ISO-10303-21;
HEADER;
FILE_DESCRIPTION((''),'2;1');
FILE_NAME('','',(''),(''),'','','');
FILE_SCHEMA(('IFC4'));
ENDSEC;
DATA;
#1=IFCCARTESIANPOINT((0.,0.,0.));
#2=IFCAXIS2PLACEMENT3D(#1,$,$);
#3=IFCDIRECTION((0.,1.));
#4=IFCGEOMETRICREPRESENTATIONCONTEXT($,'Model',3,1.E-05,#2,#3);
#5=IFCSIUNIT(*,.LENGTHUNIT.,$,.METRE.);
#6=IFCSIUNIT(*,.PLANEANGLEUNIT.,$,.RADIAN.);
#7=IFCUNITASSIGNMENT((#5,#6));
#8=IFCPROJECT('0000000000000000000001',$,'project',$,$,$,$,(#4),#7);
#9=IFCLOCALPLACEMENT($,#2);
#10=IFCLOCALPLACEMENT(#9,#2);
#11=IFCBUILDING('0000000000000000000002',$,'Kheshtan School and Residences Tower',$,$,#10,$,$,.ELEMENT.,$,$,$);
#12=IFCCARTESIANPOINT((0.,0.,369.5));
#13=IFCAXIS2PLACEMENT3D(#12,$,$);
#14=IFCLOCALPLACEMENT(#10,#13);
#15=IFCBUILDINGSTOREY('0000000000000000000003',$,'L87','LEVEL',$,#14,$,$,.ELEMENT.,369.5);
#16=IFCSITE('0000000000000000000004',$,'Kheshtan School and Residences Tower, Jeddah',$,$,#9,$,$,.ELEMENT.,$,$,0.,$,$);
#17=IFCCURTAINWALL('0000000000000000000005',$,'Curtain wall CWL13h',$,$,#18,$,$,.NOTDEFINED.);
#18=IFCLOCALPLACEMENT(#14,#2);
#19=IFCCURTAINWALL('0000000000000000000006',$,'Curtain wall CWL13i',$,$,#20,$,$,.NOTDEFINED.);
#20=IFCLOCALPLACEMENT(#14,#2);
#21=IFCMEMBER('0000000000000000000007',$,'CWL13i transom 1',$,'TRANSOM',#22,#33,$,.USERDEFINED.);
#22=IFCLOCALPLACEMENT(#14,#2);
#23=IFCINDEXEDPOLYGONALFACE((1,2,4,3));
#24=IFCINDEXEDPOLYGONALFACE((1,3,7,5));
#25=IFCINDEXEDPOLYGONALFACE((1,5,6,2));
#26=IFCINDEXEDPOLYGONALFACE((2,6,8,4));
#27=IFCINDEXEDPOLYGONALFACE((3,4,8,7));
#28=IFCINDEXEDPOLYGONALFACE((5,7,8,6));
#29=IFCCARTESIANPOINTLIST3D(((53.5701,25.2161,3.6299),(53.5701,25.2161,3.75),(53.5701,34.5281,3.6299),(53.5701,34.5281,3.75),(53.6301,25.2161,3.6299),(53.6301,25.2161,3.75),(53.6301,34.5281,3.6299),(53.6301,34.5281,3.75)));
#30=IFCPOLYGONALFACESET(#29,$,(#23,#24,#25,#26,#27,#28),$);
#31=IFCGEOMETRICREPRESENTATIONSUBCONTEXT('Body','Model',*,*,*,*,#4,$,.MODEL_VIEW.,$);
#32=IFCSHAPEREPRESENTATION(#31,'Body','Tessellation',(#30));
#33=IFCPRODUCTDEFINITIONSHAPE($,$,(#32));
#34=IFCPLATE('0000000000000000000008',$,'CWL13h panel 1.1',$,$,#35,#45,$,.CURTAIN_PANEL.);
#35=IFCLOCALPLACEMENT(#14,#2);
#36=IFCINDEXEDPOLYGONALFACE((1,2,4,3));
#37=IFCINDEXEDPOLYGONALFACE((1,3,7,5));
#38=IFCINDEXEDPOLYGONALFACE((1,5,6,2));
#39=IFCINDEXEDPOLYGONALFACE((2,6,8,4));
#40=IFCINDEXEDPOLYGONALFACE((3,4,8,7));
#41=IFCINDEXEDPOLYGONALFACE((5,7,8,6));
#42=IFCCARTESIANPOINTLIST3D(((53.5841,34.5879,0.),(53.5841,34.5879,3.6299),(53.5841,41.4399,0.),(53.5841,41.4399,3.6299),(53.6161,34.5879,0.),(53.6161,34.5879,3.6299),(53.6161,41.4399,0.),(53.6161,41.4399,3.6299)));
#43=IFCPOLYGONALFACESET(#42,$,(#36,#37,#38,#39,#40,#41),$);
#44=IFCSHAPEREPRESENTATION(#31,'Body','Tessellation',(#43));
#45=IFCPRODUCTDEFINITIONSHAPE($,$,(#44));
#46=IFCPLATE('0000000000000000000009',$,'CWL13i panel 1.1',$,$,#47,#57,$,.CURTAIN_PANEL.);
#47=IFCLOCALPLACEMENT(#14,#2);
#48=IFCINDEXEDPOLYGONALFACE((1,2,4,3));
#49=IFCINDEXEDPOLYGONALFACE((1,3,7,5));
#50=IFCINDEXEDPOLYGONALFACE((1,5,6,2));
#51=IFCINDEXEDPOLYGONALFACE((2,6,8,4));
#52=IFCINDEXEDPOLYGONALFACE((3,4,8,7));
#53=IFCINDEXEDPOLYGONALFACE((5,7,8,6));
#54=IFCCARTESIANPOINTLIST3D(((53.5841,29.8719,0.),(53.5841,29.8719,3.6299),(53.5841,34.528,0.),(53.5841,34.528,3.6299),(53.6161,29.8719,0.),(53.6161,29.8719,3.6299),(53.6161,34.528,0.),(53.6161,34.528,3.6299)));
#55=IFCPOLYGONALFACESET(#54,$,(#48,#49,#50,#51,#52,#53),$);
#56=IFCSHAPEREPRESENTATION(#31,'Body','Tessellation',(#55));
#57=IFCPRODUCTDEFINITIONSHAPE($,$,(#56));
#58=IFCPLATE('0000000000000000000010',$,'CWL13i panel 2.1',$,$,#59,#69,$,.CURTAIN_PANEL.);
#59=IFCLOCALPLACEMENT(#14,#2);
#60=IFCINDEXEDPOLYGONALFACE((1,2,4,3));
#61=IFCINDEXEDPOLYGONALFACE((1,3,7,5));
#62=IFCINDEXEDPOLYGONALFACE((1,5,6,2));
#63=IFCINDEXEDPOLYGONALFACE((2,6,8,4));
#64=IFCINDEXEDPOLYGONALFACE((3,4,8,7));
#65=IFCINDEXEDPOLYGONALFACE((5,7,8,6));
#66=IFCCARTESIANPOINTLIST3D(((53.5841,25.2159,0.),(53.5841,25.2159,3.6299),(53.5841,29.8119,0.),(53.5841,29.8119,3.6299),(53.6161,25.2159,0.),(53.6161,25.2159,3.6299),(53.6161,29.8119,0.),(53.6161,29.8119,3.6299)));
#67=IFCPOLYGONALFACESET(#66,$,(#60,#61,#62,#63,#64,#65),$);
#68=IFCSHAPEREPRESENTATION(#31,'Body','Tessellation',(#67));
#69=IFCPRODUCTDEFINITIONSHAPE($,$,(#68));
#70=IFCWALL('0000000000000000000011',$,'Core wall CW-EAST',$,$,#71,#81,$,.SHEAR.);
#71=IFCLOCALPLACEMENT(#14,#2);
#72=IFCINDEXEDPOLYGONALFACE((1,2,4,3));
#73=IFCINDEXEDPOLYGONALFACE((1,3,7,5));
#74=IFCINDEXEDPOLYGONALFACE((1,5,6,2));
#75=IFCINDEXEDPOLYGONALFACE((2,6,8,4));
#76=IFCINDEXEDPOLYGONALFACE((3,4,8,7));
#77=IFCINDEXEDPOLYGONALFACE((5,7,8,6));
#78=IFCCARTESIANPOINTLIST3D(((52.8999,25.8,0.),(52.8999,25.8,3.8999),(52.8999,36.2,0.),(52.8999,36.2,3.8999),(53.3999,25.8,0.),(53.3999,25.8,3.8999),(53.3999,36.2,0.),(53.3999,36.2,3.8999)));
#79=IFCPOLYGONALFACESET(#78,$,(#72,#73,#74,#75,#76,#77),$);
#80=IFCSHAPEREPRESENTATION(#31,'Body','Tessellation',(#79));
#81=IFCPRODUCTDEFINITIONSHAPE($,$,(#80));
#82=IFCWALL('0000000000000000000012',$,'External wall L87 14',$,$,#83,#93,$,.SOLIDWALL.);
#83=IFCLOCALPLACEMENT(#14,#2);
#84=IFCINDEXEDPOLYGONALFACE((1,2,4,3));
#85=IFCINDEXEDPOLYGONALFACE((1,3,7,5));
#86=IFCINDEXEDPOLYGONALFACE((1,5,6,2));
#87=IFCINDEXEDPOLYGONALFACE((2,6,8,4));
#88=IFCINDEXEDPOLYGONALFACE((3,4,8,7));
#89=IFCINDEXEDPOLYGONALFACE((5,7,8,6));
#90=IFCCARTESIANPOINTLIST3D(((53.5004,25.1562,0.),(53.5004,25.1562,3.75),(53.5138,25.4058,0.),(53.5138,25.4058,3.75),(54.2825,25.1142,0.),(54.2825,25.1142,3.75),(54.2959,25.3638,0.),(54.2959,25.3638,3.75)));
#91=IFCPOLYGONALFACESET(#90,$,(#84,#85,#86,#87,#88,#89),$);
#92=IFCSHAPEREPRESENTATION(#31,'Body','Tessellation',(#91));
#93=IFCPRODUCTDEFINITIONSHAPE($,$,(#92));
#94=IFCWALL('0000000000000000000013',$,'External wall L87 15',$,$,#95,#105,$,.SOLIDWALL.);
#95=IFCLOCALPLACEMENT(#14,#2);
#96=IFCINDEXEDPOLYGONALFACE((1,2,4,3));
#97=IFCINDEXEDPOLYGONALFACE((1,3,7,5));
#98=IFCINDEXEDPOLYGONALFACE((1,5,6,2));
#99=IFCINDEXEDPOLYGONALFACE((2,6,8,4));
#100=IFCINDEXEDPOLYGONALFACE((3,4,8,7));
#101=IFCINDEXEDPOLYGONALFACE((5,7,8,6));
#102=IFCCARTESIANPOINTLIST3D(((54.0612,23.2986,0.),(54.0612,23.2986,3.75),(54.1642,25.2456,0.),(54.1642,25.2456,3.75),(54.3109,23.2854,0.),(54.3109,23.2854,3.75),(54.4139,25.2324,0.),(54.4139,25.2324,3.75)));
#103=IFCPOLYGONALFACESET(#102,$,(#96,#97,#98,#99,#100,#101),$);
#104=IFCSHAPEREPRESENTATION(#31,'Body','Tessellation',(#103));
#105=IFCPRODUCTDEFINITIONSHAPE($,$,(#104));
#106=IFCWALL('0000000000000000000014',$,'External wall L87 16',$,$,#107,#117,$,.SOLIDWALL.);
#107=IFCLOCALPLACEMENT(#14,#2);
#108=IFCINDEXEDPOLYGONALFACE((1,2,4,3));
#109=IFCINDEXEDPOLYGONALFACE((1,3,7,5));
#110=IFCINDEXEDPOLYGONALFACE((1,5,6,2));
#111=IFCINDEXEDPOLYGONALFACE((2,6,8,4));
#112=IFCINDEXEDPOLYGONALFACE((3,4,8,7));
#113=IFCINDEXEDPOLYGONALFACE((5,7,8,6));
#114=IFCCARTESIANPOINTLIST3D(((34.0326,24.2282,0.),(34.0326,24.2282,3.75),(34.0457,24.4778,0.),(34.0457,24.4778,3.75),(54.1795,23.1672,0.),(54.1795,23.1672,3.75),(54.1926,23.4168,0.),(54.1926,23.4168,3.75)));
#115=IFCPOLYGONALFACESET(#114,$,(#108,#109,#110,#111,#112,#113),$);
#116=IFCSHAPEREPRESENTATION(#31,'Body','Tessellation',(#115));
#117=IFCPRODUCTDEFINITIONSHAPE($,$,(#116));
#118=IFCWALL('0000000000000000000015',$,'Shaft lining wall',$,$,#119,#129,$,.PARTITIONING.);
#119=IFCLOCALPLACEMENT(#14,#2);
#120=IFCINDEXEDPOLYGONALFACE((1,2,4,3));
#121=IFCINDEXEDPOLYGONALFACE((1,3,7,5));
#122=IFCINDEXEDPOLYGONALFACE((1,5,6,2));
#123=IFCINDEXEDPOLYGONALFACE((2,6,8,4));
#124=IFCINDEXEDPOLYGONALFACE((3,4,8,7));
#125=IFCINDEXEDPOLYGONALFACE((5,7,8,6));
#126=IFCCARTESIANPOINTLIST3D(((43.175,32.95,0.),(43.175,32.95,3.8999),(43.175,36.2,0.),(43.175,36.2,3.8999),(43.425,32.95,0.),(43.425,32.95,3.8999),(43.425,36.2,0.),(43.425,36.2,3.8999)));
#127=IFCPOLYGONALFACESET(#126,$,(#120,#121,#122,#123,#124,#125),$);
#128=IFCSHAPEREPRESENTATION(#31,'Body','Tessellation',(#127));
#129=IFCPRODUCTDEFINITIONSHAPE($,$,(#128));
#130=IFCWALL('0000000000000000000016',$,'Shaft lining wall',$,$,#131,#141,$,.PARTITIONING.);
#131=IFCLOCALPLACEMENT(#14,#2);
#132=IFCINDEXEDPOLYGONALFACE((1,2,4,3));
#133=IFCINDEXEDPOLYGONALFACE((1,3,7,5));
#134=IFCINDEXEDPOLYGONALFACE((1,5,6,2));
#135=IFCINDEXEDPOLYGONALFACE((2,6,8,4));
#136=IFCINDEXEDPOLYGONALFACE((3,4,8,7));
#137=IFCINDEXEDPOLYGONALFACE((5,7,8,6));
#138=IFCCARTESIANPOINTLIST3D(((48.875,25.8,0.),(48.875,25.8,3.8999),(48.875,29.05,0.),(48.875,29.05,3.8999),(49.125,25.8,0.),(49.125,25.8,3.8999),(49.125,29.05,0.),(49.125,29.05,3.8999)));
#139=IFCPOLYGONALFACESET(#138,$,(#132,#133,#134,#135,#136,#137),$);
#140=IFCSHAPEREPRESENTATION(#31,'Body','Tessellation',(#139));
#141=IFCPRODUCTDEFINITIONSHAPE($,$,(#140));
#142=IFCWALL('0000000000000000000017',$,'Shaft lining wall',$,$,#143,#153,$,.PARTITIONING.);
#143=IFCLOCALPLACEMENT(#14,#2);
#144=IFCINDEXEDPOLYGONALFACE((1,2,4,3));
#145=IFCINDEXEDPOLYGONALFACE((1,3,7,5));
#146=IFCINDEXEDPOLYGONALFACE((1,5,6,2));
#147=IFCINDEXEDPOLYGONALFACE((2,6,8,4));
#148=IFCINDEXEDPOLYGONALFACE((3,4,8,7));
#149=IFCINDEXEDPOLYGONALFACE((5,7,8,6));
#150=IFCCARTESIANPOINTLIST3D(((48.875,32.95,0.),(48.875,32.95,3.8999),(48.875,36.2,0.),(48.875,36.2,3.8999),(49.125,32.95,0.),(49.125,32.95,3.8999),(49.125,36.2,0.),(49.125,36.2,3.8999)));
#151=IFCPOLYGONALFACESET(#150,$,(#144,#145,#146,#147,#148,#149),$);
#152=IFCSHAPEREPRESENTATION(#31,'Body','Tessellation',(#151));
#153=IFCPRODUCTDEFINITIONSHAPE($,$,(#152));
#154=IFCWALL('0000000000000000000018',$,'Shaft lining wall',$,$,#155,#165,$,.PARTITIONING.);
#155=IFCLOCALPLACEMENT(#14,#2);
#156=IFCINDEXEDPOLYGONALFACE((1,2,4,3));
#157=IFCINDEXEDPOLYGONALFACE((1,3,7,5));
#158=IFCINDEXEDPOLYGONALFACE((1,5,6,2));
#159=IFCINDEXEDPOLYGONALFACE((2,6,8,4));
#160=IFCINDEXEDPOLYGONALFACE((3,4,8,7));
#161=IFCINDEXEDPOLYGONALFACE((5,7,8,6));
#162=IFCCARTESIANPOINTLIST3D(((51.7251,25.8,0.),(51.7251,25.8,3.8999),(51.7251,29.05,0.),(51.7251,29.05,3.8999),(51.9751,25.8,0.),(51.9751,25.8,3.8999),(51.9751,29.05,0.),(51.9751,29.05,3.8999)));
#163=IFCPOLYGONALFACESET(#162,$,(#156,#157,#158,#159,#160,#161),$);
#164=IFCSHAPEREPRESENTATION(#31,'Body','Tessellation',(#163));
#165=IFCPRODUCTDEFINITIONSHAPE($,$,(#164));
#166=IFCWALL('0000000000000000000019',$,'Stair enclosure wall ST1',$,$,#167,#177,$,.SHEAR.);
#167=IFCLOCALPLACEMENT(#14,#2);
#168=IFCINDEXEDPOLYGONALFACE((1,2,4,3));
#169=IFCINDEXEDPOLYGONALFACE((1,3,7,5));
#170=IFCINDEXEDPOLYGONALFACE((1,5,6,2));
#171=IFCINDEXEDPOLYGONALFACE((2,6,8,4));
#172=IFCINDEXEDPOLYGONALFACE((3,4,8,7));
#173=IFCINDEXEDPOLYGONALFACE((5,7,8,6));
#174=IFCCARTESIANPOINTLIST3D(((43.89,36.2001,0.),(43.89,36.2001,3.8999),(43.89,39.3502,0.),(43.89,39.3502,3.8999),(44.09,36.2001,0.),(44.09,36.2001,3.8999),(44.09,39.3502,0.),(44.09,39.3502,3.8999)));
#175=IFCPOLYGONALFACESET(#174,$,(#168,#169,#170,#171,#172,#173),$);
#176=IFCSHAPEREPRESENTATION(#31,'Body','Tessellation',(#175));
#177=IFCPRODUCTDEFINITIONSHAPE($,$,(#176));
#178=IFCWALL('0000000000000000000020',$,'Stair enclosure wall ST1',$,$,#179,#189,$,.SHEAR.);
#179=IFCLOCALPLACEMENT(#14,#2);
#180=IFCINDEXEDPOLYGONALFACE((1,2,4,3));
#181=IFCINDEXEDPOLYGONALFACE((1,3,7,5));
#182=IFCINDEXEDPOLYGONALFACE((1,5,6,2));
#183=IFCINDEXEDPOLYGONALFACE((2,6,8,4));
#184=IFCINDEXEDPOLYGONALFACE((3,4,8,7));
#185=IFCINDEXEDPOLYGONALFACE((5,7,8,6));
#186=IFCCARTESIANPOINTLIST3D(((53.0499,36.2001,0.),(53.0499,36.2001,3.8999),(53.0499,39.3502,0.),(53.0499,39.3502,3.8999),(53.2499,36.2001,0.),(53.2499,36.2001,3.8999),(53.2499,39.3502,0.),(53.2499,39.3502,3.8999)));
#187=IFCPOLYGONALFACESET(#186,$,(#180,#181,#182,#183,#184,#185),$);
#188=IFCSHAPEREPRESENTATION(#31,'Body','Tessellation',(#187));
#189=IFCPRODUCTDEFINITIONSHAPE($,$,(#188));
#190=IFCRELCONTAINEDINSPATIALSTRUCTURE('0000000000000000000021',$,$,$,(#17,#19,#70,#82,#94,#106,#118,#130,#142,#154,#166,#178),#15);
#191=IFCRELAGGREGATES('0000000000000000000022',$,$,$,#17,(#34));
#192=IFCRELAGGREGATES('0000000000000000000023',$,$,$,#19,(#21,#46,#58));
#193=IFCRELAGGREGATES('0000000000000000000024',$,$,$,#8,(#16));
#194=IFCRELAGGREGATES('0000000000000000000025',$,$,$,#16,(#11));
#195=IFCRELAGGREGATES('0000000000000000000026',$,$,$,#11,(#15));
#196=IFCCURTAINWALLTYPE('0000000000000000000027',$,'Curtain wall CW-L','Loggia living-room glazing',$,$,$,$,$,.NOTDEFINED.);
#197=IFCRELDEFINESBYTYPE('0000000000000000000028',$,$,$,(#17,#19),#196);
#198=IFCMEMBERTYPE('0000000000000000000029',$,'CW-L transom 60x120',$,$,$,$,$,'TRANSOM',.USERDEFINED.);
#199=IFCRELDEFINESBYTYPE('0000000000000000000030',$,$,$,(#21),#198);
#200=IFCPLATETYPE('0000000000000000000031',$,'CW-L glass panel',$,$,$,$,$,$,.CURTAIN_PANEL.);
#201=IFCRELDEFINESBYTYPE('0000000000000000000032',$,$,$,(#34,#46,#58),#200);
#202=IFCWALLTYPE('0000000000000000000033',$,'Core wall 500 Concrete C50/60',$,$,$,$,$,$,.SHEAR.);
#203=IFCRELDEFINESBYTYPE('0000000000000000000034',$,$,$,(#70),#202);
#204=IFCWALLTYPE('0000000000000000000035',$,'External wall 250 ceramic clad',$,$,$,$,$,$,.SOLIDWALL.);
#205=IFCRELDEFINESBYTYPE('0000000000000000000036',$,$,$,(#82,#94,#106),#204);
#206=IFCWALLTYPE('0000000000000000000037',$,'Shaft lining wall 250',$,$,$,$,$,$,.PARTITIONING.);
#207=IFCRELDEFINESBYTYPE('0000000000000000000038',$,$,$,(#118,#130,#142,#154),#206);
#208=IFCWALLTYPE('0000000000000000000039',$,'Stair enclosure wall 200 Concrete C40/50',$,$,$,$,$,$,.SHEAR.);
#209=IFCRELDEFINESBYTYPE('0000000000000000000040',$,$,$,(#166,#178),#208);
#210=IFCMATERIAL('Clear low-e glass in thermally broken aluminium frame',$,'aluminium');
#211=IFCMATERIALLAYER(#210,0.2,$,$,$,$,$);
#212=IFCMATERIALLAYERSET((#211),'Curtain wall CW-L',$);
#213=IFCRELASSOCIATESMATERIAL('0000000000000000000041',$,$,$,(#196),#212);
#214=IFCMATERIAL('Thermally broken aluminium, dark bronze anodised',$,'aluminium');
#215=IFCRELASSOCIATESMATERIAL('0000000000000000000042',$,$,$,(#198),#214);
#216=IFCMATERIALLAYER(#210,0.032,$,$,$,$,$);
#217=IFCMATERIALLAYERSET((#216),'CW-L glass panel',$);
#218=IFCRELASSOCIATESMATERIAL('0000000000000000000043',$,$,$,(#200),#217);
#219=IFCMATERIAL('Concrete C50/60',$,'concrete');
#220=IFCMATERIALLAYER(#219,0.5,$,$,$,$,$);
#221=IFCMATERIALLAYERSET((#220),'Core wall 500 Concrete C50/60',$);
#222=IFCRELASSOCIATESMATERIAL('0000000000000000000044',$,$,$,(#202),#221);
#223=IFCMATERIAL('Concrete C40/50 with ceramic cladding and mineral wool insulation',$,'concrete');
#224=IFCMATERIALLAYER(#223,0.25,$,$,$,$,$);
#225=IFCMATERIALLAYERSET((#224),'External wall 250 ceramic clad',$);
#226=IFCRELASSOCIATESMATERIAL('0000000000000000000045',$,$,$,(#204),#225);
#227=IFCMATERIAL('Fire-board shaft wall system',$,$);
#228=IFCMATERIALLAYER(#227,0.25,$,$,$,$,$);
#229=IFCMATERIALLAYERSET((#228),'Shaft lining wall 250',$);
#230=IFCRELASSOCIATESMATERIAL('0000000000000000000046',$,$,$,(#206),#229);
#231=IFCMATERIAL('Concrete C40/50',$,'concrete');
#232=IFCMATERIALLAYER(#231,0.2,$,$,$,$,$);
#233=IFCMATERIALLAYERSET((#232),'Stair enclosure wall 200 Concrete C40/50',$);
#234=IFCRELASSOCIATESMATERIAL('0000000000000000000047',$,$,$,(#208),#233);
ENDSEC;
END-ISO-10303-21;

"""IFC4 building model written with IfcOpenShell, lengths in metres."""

from ifc_helpers import new_model, si_unit, direction, frame, frame_2d, origin, origin_2d, place, context, subcontext, project, spatial, rectangle, extrude, material, layer, layer_set, material_profile, profile_set, type_object, element, aggregate, save


model = new_model("IFC4")

# Units and contexts
model_context = context("Model", 3, precision=1e-05, world=origin(), true_north=direction((0.0, 1.0)))
body_context = subcontext(model_context, "Body", "Model", "MODEL_VIEW")
ifc_project = project(units=[si_unit("LENGTHUNIT", "METRE"), si_unit("PLANEANGLEUNIT", "RADIAN")], contexts=[model_context])

# Site, building, storey
site_placement = place(None, origin())
site = spatial("IfcSite", under=ifc_project, at=site_placement, Name="Kheshtan School and Residences Tower, Jeddah", CompositionType="ELEMENT", RefElevation=0.0)
building_placement = place(site_placement, origin())
building = spatial("IfcBuilding", under=site, at=building_placement, Name="Kheshtan School and Residences Tower", CompositionType="ELEMENT")
storey_placement = place(building_placement, frame((0.0, 0.0, 369.5)))
storey = spatial("IfcBuildingStorey", under=building, at=storey_placement, Name="L87", Description="LEVEL", CompositionType="ELEMENT", Elevation=369.5)

# Curtain wall
ifc_material_1 = material(Name="Clear low-e glass in thermally broken aluminium frame", Category="aluminium")
ifc_layer_1 = layer(ifc_material_1, 0.2)
ifc_layer_set_1 = layer_set([ifc_layer_1], Name="Curtain wall CW-L")
curtain_wall_type = type_object("IfcCurtainWallType", Name="Curtain wall CW-L", Description="Loggia living-room glazing", PredefinedType="NOTDEFINED", material=ifc_layer_set_1)
curtain_wall_1_placement = place(storey_placement, origin())
curtain_wall_1 = element("IfcCurtainWall", 1, at=curtain_wall_1_placement, inside=storey, type_object=curtain_wall_type, Name="Curtain wall CWL13h", PredefinedType="NOTDEFINED")
ifc_material_2 = material(Name="Thermally broken aluminium, dark bronze anodised", Category="aluminium")

# Curtain wall, member
curtain_wall_2_placement = place(storey_placement, origin())
curtain_wall_2 = element("IfcCurtainWall", 2, at=curtain_wall_2_placement, inside=storey, type_object=curtain_wall_type, Name="Curtain wall CWL13i", PredefinedType="NOTDEFINED")
ifc_material_profile_1 = material_profile(ifc_material_2, rectangle(XDim=0.0601, YDim=0.1201, at=origin_2d()), Name="CW-L transom 60x120")
ifc_profile_set_1 = profile_set([ifc_material_profile_1], Name="Thermally broken aluminium, dark bronze anodised")
member_type_1 = type_object("IfcMemberType", Name="CW-L transom 60x120", ElementType="TRANSOM", PredefinedType="USERDEFINED", material=ifc_profile_set_1)
member_1_placement = place(storey_placement, frame((53.6001, 34.5281, 3.6899), z_axis=(0.0, -1.0, 0.0), x_axis=(1.0, 0.0, 0.0)))
member_1 = element("IfcMember", 3, at=member_1_placement, type_object=member_type_1, Name="CWL13i transom 1", ObjectType="TRANSOM", PredefinedType="USERDEFINED", context=body_context, shape_type="SweptSolid", body=[
    extrude(rectangle(XDim=0.0601, YDim=0.1201, at=origin_2d()), origin(), (0.0, 0.0, 1.0), 9.312),
])

# Plates
ifc_layer_2 = layer(ifc_material_1, 0.032)
ifc_layer_set_2 = layer_set([ifc_layer_2], Name="CW-L glass panel")
plate_type = type_object("IfcPlateType", Name="CW-L glass panel", PredefinedType="CURTAIN_PANEL", material=ifc_layer_set_2)
plate_1_placement = place(storey_placement, frame((53.6001, 38.0139, 0.0), z_axis=(0.0, 0.0, 1.0), x_axis=(0.0, -1.0, 0.0)))
plate_1 = element("IfcPlate", 4, at=plate_1_placement, type_object=plate_type, Name="CWL13h panel 1.1", PredefinedType="CURTAIN_PANEL", context=body_context, shape_type="SweptSolid", body=[
    extrude(rectangle(XDim=6.8521, YDim=0.032, at=origin_2d()), origin(), (0.0, 0.0, 1.0), 3.6299),
])
aggregate(curtain_wall_1, [plate_1])
plate_2_placement = place(storey_placement, frame((53.6001, 32.2, 0.0), z_axis=(0.0, 0.0, 1.0), x_axis=(0.0, -1.0, 0.0)))
plate_2 = element("IfcPlate", 5, at=plate_2_placement, type_object=plate_type, Name="CWL13i panel 1.1", PredefinedType="CURTAIN_PANEL", context=body_context, shape_type="SweptSolid", body=[
    extrude(rectangle(XDim=4.656, YDim=0.032, at=origin_2d()), origin(), (0.0, 0.0, 1.0), 3.6299),
])
plate_3_placement = place(storey_placement, frame((53.6001, 27.5139, 0.0), z_axis=(0.0, 0.0, 1.0), x_axis=(0.0, -1.0, 0.0)))
plate_3 = element("IfcPlate", 6, at=plate_3_placement, type_object=plate_type, Name="CWL13i panel 2.1", PredefinedType="CURTAIN_PANEL", context=body_context, shape_type="SweptSolid", body=[
    extrude(rectangle(XDim=4.5959, YDim=0.032, at=origin_2d()), origin(), (0.0, 0.0, 1.0), 3.6299),
])
aggregate(curtain_wall_2, [member_1, plate_2, plate_3])

# Walls
ifc_material_3 = material(Name="Concrete C50/60", Category="concrete")
ifc_layer_3 = layer(ifc_material_3, 0.5)
ifc_layer_set_3 = layer_set([ifc_layer_3], Name="Core wall 500 Concrete C50/60")
wall_type_1 = type_object("IfcWallType", Name="Core wall 500 Concrete C50/60", PredefinedType="SHEAR", material=ifc_layer_set_3)
wall_1_placement = place(storey_placement, frame((53.1499, 25.8, 0.0), z_axis=(0.0, 0.0, 1.0), x_axis=(0.0, 1.0, 0.0)))
element("IfcWall", 7, at=wall_1_placement, inside=storey, type_object=wall_type_1, Name="Core wall CW-EAST", PredefinedType="SHEAR", context=body_context, shape_type="SweptSolid", body=[
    extrude(rectangle(XDim=10.3999, YDim=0.5, at=frame_2d((5.2, 0.0))), origin(), (0.0, 0.0, 1.0), 3.8999),
])
ifc_material_4 = material(Name="Concrete C40/50 with ceramic cladding and mineral wool insulation", Category="concrete")
ifc_layer_4 = layer(ifc_material_4, 0.25)
ifc_layer_set_4 = layer_set([ifc_layer_4], Name="External wall 250 ceramic clad")
wall_type_2 = type_object("IfcWallType", Name="External wall 250 ceramic clad", PredefinedType="SOLIDWALL", material=ifc_layer_set_4)
wall_2_placement = place(storey_placement, frame((53.5071, 25.281, 0.0), z_axis=(0.0, 0.0, 1.0), x_axis=(0.998561, -0.053622, 0.0)))
element("IfcWall", 8, at=wall_2_placement, inside=storey, type_object=wall_type_2, Name="External wall L87 14", PredefinedType="SOLIDWALL", context=body_context, shape_type="SweptSolid", body=[
    extrude(rectangle(XDim=0.7832, YDim=0.25, at=frame_2d((0.3916, 0.0))), origin(), (0.0, 0.0, 1.0), 3.75),
])
wall_3_placement = place(storey_placement, frame((54.2891, 25.239, 0.0), z_axis=(0.0, 0.0, 1.0), x_axis=(-0.052841, -0.998603, 0.0)))
element("IfcWall", 9, at=wall_3_placement, inside=storey, type_object=wall_type_2, Name="External wall L87 15", PredefinedType="SOLIDWALL", context=body_context, shape_type="SweptSolid", body=[
    extrude(rectangle(XDim=1.9497, YDim=0.25, at=frame_2d((0.9749, 0.0))), origin(), (0.0, 0.0, 1.0), 3.75),
])
wall_4_placement = place(storey_placement, frame((54.186, 23.292, 0.0), z_axis=(0.0, 0.0, 1.0), x_axis=(-0.998616, 0.052592, 0.0)))
element("IfcWall", 10, at=wall_4_placement, inside=storey, type_object=wall_type_2, Name="External wall L87 16", PredefinedType="SOLIDWALL", context=body_context, shape_type="SweptSolid", body=[
    extrude(rectangle(XDim=20.1748, YDim=0.25, at=frame_2d((10.0874, 0.0))), origin(), (0.0, 0.0, 1.0), 3.75),
])
ifc_material_5 = material(Name="Fire-board shaft wall system")
ifc_layer_5 = layer(ifc_material_5, 0.25)
ifc_layer_set_5 = layer_set([ifc_layer_5], Name="Shaft lining wall 250")
wall_type_3 = type_object("IfcWallType", Name="Shaft lining wall 250", PredefinedType="PARTITIONING", material=ifc_layer_set_5)
for number, where, z_axis, x_axis, name in (
    (11, (43.3, 32.95, 0.0), (0.0, 0.0, 1.0), (0.0, 1.0, 0.0), "Shaft lining wall"),
    (12, (49.0, 25.8, 0.0), (0.0, 0.0, 1.0), (0.0, 1.0, 0.0), "Shaft lining wall"),
    (13, (49.0, 32.95, 0.0), (0.0, 0.0, 1.0), (0.0, 1.0, 0.0), "Shaft lining wall"),
    (14, (51.8501, 25.8, 0.0), (0.0, 0.0, 1.0), (0.0, 1.0, 0.0), "Shaft lining wall"),
):
    element("IfcWall", number, at=place(storey_placement, frame(where, z_axis=z_axis, x_axis=x_axis)), inside=storey, type_object=wall_type_3, Name=name, PredefinedType="PARTITIONING", context=body_context, shape_type="SweptSolid", body=[
        extrude(rectangle(XDim=3.25, YDim=0.25, at=frame_2d((1.625, 0.0))), origin(), (0.0, 0.0, 1.0), 3.8999),
    ])
ifc_material_6 = material(Name="Concrete C40/50", Category="concrete")
ifc_layer_6 = layer(ifc_material_6, 0.2)
ifc_layer_set_6 = layer_set([ifc_layer_6], Name="Stair enclosure wall 200 Concrete C40/50")
wall_type_4 = type_object("IfcWallType", Name="Stair enclosure wall 200 Concrete C40/50", PredefinedType="SHEAR", material=ifc_layer_set_6)
for number, where, z_axis, x_axis, name in (
    (15, (43.99, 36.2, 0.0), (0.0, 0.0, 1.0), (0.0, 1.0, 0.0), "Stair enclosure wall ST1"),
    (16, (53.1499, 36.2, 0.0), (0.0, 0.0, 1.0), (0.0, 1.0, 0.0), "Stair enclosure wall ST1"),
):
    element("IfcWall", number, at=place(storey_placement, frame(where, z_axis=z_axis, x_axis=x_axis)), inside=storey, type_object=wall_type_4, Name=name, PredefinedType="SHEAR", context=body_context, shape_type="SweptSolid", body=[
        extrude(rectangle(XDim=3.1501, YDim=0.2, at=frame_2d((1.5752, 0.0))), origin(), (0.0, 0.0, 1.0), 3.8999),
    ])

save(model, "model.ifc")
